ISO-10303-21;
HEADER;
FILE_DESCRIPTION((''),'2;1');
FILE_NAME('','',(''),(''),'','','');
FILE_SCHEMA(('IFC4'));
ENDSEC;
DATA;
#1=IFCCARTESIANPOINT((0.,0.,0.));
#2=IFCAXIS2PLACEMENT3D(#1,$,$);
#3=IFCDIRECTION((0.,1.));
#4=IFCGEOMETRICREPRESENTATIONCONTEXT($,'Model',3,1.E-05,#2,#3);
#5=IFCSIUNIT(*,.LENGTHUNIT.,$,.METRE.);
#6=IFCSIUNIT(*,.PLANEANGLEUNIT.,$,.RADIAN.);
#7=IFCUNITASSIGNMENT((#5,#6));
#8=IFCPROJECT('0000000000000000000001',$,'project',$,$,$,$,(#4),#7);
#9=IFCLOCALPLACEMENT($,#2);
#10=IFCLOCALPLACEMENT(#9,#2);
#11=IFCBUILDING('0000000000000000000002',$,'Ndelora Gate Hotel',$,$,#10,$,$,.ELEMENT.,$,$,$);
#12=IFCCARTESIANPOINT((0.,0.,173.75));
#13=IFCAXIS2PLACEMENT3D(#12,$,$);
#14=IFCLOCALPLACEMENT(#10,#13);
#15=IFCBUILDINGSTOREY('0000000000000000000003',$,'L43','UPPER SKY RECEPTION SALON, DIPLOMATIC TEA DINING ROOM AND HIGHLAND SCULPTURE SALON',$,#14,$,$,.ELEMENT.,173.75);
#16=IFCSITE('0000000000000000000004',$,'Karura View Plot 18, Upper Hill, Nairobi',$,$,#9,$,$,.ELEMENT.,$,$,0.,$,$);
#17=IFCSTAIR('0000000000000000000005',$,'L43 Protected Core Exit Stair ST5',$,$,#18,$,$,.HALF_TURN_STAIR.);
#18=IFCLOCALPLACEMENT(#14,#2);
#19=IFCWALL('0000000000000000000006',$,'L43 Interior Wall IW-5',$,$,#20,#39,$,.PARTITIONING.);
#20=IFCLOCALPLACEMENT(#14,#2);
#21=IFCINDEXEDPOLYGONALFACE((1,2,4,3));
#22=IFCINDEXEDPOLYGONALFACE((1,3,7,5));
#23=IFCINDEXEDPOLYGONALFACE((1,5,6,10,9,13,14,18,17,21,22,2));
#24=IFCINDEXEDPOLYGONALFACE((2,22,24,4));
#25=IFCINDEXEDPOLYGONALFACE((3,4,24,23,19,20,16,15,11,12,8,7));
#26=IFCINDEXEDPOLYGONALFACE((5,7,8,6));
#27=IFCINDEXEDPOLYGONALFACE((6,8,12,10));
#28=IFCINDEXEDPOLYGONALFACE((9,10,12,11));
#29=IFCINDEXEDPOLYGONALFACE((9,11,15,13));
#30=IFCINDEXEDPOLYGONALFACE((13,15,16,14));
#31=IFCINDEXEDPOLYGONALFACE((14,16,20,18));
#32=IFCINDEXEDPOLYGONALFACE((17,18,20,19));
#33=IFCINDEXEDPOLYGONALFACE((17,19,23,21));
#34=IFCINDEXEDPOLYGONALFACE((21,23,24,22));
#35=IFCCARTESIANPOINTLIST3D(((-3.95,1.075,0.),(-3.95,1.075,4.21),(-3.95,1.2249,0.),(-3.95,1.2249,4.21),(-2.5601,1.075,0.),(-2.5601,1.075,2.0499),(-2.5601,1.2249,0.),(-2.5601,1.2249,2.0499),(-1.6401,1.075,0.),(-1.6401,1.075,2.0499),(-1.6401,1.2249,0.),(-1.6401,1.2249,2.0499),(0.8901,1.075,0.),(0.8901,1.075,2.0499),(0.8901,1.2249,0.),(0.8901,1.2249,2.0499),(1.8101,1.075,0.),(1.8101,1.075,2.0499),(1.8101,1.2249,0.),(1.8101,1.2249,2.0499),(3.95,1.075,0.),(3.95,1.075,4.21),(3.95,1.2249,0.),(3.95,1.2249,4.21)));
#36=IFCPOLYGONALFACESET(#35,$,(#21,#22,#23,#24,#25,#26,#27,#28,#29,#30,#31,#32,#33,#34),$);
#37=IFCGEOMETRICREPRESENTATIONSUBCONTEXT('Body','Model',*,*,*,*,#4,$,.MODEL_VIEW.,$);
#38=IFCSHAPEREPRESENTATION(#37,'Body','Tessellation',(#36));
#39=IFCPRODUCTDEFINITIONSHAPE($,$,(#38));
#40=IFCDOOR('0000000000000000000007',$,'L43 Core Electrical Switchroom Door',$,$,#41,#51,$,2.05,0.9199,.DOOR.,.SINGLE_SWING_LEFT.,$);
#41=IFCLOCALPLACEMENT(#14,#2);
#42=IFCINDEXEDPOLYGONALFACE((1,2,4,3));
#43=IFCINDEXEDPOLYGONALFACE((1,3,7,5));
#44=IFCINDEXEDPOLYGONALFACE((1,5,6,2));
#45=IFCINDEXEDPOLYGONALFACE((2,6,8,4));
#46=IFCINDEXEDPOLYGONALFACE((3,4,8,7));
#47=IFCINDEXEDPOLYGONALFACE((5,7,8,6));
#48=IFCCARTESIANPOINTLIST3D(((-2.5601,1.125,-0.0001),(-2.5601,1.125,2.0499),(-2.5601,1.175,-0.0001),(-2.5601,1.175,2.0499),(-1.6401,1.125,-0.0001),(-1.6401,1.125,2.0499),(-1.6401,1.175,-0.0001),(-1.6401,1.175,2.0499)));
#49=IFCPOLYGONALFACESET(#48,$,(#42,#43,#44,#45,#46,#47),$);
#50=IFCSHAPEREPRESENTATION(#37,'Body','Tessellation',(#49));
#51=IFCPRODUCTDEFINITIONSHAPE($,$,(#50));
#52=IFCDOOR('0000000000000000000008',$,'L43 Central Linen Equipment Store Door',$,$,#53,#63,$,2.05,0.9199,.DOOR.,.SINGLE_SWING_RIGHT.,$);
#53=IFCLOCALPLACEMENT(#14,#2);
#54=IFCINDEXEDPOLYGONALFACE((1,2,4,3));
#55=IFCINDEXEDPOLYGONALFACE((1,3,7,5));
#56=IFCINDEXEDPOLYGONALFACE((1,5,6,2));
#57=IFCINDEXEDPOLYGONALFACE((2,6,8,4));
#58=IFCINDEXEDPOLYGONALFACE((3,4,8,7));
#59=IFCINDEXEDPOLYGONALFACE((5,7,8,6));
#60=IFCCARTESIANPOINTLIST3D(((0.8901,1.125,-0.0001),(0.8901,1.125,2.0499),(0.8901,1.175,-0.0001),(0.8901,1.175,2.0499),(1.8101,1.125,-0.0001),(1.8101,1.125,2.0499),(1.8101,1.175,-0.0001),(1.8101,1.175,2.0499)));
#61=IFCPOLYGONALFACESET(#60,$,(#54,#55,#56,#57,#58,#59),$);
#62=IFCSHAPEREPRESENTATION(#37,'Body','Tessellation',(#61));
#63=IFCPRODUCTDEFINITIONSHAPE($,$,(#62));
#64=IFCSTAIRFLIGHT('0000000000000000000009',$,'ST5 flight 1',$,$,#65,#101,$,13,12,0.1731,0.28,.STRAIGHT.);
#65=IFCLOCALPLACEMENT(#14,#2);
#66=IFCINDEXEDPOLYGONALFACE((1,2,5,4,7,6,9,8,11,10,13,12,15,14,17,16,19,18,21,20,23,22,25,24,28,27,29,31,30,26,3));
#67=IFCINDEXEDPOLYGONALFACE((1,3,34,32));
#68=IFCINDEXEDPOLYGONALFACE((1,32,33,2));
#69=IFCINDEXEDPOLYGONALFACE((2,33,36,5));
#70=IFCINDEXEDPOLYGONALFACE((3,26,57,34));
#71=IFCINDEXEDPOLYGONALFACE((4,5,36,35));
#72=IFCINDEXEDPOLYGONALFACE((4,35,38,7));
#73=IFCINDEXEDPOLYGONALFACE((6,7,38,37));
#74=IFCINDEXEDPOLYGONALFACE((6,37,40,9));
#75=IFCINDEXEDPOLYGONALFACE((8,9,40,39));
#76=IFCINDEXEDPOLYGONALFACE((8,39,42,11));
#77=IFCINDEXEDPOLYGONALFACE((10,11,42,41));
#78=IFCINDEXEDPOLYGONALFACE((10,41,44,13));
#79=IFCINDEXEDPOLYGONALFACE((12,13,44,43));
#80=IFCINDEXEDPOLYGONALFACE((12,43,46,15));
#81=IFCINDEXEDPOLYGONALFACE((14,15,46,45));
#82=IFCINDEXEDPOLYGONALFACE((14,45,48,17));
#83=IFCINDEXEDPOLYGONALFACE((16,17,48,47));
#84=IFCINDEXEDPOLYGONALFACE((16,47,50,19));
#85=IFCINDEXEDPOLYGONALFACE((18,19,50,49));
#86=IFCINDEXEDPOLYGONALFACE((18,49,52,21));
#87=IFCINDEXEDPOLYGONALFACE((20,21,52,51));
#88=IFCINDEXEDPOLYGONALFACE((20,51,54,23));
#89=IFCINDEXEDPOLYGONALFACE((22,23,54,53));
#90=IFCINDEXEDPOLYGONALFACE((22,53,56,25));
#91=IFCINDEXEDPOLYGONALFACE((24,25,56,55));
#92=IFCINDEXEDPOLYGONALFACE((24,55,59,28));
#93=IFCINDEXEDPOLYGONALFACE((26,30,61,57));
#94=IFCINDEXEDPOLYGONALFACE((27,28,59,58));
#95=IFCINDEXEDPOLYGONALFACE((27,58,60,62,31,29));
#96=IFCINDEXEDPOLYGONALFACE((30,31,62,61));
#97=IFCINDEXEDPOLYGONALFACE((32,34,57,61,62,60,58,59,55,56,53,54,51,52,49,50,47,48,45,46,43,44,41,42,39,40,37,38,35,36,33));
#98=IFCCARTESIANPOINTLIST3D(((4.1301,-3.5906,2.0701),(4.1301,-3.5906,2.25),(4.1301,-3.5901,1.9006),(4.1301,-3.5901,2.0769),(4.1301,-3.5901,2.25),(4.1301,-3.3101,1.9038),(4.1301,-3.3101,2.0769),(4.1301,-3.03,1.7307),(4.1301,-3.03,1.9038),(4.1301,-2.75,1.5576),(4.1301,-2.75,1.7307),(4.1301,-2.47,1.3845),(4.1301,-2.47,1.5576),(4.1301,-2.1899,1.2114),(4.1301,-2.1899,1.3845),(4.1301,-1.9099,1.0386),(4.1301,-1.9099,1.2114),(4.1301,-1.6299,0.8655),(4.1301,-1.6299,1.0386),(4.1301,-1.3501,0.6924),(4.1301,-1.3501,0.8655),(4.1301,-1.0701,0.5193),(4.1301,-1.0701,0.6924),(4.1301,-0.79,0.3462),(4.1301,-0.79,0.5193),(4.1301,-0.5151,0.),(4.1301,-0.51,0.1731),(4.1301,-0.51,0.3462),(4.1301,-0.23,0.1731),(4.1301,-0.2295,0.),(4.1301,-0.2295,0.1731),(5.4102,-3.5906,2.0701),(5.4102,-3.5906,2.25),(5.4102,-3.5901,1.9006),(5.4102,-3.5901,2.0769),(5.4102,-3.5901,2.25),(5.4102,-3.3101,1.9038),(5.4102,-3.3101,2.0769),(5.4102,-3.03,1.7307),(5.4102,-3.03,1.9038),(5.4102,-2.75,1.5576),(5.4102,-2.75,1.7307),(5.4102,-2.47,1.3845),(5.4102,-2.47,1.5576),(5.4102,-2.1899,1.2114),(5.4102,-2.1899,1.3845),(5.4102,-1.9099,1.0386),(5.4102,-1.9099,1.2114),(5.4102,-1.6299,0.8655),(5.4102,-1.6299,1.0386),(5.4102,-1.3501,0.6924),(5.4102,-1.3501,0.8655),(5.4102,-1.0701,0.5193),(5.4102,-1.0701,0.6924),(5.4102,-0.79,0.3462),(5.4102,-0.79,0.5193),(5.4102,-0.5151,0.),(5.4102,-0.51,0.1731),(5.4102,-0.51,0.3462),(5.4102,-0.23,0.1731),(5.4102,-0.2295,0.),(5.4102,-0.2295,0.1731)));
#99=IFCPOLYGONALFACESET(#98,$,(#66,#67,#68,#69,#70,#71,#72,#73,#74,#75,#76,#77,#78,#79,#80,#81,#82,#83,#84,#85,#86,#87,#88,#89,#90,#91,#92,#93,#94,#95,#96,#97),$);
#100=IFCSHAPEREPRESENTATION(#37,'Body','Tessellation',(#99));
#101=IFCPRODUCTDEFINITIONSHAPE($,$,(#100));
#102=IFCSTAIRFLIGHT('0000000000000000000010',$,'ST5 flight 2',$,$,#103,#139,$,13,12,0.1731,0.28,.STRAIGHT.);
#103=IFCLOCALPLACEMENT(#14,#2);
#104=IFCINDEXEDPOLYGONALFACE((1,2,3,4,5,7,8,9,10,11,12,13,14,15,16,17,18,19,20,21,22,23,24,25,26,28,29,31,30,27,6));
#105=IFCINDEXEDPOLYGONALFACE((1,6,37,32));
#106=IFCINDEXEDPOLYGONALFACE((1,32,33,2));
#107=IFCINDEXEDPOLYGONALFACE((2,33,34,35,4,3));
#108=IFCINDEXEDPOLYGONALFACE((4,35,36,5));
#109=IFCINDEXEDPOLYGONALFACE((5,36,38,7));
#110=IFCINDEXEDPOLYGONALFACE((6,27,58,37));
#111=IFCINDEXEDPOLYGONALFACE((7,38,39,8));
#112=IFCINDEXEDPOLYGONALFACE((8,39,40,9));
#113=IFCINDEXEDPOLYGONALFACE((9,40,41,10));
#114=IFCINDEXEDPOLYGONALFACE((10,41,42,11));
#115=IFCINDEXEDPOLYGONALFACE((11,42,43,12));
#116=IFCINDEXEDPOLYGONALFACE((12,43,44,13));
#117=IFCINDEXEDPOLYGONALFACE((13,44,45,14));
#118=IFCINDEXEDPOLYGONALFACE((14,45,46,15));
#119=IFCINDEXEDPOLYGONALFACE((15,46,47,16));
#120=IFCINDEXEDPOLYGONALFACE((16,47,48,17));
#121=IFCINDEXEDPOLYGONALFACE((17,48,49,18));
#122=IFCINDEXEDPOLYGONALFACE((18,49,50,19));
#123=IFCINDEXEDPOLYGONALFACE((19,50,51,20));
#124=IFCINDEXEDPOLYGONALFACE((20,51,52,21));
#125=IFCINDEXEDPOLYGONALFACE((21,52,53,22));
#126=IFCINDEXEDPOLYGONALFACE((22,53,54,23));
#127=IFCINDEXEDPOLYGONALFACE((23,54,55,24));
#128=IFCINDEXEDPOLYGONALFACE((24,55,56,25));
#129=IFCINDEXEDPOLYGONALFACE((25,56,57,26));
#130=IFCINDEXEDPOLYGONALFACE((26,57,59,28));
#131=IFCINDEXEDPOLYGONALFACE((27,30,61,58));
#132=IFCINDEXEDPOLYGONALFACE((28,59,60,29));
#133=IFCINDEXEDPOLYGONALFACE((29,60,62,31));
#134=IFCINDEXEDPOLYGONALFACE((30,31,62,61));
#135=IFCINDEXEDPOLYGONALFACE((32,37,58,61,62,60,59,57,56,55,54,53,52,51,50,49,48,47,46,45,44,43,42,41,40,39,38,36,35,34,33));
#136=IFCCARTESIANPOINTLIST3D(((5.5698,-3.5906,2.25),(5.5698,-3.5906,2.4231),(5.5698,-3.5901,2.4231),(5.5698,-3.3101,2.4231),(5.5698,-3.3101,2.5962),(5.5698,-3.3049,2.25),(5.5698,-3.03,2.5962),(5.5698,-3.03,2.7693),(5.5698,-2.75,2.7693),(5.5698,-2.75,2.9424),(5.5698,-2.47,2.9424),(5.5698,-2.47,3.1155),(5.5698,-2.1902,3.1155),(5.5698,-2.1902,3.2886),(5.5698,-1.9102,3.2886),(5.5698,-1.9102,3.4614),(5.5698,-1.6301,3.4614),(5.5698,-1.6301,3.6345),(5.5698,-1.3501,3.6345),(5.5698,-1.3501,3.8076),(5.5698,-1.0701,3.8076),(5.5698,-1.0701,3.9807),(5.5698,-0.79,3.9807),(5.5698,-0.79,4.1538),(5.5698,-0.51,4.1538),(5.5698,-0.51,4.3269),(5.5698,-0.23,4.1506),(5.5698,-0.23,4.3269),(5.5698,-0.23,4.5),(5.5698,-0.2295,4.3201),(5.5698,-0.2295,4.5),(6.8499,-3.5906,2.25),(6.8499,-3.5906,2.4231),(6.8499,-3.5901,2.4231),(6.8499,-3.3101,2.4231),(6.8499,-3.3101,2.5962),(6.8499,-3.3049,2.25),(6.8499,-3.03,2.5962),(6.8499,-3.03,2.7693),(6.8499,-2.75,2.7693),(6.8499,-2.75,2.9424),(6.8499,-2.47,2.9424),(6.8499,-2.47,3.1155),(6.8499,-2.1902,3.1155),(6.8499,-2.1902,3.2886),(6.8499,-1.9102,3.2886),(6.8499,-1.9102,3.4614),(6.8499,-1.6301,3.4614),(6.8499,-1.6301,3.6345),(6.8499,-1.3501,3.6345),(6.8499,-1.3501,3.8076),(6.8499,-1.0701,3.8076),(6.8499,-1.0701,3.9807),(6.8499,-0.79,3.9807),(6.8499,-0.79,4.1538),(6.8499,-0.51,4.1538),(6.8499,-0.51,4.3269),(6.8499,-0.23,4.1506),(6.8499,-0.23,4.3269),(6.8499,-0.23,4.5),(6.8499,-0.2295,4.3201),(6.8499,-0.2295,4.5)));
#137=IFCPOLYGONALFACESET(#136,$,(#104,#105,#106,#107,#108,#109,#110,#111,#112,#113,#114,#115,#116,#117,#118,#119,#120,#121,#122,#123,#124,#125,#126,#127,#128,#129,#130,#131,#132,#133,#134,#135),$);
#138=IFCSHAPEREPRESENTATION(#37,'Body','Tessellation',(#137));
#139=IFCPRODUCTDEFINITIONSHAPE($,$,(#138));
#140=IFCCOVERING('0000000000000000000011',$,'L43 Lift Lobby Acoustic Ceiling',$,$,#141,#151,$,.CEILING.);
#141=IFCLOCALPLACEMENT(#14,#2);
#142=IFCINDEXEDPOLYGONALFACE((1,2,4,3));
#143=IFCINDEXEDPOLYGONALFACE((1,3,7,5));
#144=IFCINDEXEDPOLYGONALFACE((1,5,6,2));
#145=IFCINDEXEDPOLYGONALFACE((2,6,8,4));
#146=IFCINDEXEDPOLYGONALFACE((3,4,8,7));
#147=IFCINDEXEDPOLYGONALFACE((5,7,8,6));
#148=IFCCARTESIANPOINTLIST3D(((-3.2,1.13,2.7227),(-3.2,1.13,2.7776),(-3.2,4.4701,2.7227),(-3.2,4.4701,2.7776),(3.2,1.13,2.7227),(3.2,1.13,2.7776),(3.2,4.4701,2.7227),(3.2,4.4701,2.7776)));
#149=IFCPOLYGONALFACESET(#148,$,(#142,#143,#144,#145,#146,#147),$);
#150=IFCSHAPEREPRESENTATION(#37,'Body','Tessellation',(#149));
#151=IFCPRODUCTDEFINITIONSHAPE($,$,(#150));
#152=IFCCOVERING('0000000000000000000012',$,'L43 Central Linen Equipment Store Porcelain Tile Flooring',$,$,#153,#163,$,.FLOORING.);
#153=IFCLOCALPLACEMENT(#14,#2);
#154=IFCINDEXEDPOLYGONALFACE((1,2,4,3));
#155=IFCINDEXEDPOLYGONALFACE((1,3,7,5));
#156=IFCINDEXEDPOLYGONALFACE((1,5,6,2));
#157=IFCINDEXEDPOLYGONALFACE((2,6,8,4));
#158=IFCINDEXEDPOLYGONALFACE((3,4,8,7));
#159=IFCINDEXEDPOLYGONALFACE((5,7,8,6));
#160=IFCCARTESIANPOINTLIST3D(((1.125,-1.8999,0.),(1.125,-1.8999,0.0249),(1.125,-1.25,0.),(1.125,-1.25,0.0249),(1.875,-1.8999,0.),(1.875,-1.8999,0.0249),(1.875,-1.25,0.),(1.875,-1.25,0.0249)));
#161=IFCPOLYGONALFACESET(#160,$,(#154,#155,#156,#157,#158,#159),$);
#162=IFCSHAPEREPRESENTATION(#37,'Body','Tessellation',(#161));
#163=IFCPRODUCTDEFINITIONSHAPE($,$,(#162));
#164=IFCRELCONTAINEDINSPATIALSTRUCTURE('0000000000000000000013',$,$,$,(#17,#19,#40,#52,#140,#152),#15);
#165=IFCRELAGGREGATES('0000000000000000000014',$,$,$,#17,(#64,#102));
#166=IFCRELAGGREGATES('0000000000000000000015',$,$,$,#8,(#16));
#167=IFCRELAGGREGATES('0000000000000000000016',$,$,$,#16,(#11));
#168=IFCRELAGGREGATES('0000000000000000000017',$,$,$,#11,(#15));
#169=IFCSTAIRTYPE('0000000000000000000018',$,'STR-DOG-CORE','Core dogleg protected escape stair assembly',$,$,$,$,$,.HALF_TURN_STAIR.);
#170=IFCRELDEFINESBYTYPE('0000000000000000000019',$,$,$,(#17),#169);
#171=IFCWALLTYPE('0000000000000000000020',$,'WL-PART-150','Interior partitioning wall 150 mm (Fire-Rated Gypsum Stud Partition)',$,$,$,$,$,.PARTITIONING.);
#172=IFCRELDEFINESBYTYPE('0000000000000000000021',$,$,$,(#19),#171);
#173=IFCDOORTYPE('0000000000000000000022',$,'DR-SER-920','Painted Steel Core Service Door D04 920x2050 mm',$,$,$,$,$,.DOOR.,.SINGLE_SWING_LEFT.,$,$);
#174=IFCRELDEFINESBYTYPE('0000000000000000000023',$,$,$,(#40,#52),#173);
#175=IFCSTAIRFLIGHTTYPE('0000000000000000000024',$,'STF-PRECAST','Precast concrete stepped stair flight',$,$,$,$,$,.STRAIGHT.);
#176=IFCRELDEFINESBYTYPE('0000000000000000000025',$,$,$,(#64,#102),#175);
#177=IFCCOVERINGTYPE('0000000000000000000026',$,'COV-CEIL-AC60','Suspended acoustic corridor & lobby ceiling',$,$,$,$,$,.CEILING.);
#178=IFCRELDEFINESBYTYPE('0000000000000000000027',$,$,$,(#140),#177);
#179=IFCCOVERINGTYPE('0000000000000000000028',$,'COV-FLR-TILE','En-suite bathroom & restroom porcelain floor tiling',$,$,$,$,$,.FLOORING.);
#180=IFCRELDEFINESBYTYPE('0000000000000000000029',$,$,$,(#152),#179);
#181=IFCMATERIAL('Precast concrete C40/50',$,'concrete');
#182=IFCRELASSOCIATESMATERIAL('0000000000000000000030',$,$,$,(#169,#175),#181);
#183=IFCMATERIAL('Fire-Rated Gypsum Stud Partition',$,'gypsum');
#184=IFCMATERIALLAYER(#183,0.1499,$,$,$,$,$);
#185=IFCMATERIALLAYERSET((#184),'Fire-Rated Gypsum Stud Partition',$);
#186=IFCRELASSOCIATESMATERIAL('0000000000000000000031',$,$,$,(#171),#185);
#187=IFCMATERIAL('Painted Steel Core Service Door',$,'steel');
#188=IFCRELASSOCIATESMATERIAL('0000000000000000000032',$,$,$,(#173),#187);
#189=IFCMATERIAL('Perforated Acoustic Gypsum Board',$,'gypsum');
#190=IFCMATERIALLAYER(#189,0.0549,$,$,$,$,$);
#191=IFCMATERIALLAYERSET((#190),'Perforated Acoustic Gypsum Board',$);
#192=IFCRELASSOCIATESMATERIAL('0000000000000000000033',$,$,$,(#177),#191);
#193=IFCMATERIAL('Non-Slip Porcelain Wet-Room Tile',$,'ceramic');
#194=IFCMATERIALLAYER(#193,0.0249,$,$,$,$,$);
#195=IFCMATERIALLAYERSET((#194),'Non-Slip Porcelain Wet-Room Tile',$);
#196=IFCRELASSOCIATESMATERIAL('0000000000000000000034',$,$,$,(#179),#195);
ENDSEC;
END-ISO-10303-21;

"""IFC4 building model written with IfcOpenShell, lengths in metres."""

from ifc_helpers import new_model, si_unit, direction, frame, frame_2d, origin, origin_2d, place, context, subcontext, project, spatial, polyline, rectangle, outline, extrude, material, layer, layer_set, type_object, element, fill, aggregate, save


model = new_model("IFC4")

# Units and contexts
model_context = context("Model", 3, precision=1e-05, world=origin(), true_north=direction((0.0, 1.0)))
body_context = subcontext(model_context, "Body", "Model", "MODEL_VIEW")
ifc_project = project(units=[si_unit("LENGTHUNIT", "METRE"), si_unit("PLANEANGLEUNIT", "RADIAN")], contexts=[model_context])

# Site, building, storey
site_placement = place(None, origin())
site = spatial("IfcSite", under=ifc_project, at=site_placement, Name="Karura View Plot 18, Upper Hill, Nairobi", CompositionType="ELEMENT", RefElevation=0.0)
building_placement = place(site_placement, origin())
building = spatial("IfcBuilding", under=site, at=building_placement, Name="Ndelora Gate Hotel", CompositionType="ELEMENT")
storey_placement = place(building_placement, frame((0.0, 0.0, 173.75)))
storey = spatial("IfcBuildingStorey", under=building, at=storey_placement, Name="L43", Description="UPPER SKY RECEPTION SALON, DIPLOMATIC TEA DINING ROOM AND HIGHLAND SCULPTURE SALON", CompositionType="ELEMENT", Elevation=173.75)

# Stair
ifc_material_1 = material(Name="Precast concrete C40/50", Category="concrete")
stair_type = type_object("IfcStairType", Name="STR-DOG-CORE", Description="Core dogleg protected escape stair assembly", PredefinedType="HALF_TURN_STAIR", material=ifc_material_1)
stair_1_placement = place(storey_placement, origin())
stair_1 = element("IfcStair", 1, at=stair_1_placement, inside=storey, type_object=stair_type, Name="L43 Protected Core Exit Stair ST5", PredefinedType="HALF_TURN_STAIR")

# Wall, openings, doors
ifc_material_2 = material(Name="Fire-Rated Gypsum Stud Partition", Category="gypsum")
ifc_layer_1 = layer(ifc_material_2, 0.1499)
ifc_layer_set_1 = layer_set([ifc_layer_1], Name="Fire-Rated Gypsum Stud Partition")
wall_type_1 = type_object("IfcWallType", Name="WL-PART-150", Description="Interior partitioning wall 150 mm (Fire-Rated Gypsum Stud Partition)", PredefinedType="PARTITIONING", material=ifc_layer_set_1)
wall_1_placement = place(storey_placement, frame((3.95, 1.1499, 0.0), z_axis=(0.0, 0.0, 1.0), x_axis=(-1.0, 0.0, 0.0)))
wall_1 = element("IfcWall", 2, at=wall_1_placement, inside=storey, type_object=wall_type_1, Name="L43 Interior Wall IW-5", PredefinedType="PARTITIONING", context=body_context, shape_type="SweptSolid", body=[
    extrude(rectangle(XDim=7.8999, YDim=0.1499, at=frame_2d((3.95, 0.0))), origin(), (0.0, 0.0, 1.0), 4.21),
])
opening_1_placement = place(wall_1_placement, frame((5.5901, 0.0, 0.0)))
opening_1 = element("IfcOpeningElement", 3, at=opening_1_placement, cuts=wall_1, PredefinedType="OPENING", context=body_context, shape_type="SweptSolid", body=[
    extrude(rectangle(XDim=0.9199, YDim=2.05, at=frame_2d((0.46, 1.0249))), frame((0.0, 0.085, 0.0), z_axis=(0.0, -1.0, 0.0), x_axis=(1.0, 0.0, 0.0)), (0.0, 0.0, 1.0), 0.1699),
])
opening_2_placement = place(wall_1_placement, frame((2.1399, 0.0, 0.0)))
opening_2 = element("IfcOpeningElement", 4, at=opening_2_placement, cuts=wall_1, PredefinedType="OPENING", context=body_context, shape_type="SweptSolid", body=[
    extrude(rectangle(XDim=0.9199, YDim=2.05, at=frame_2d((0.46, 1.0249))), frame((0.0, 0.085, 0.0), z_axis=(0.0, -1.0, 0.0), x_axis=(1.0, 0.0, 0.0)), (0.0, 0.0, 1.0), 0.1699),
])
ifc_material_3 = material(Name="Painted Steel Core Service Door", Category="steel")
door_type_1 = type_object("IfcDoorType", Name="DR-SER-920", Description="Painted Steel Core Service Door D04 920x2050 mm", OperationType="SINGLE_SWING_LEFT", PredefinedType="DOOR", material=ifc_material_3)
door_1_placement = place(opening_1_placement, origin())
door_1 = element("IfcDoor", 5, at=door_1_placement, inside=storey, type_object=door_type_1, Name="L43 Core Electrical Switchroom Door", OperationType="SINGLE_SWING_LEFT", OverallHeight=2.05, OverallWidth=0.9199, PredefinedType="DOOR", context=body_context, shape_type="SweptSolid", body=[
    extrude(rectangle(XDim=0.9199, YDim=2.05, at=frame_2d((0.46, 1.0249))), frame((0.0, 0.0249, 0.0), z_axis=(0.0, -1.0, 0.0), x_axis=(1.0, 0.0, 0.0)), (0.0, 0.0, 1.0), 0.05),
])
fill(opening_1, door_1)
door_2_placement = place(opening_2_placement, origin())
door_2 = element("IfcDoor", 6, at=door_2_placement, inside=storey, type_object=door_type_1, Name="L43 Central Linen Equipment Store Door", OperationType="SINGLE_SWING_RIGHT", OverallHeight=2.05, OverallWidth=0.9199, PredefinedType="DOOR", context=body_context, shape_type="SweptSolid", body=[
    extrude(rectangle(XDim=0.9199, YDim=2.05, at=frame_2d((0.46, 1.0249))), frame((0.0, 0.0249, 0.0), z_axis=(0.0, -1.0, 0.0), x_axis=(1.0, 0.0, 0.0)), (0.0, 0.0, 1.0), 0.05),
])
fill(opening_2, door_2)

# Stair flights
stair_flight_type = type_object("IfcStairFlightType", Name="STF-PRECAST", Description="Precast concrete stepped stair flight", PredefinedType="STRAIGHT", material=ifc_material_1)
stair_flight_1_placement = place(storey_placement, frame((4.77, -0.23, 0.0), z_axis=(0.0, 0.0, 1.0), x_axis=(0.0, -1.0, 0.0)))
stair_flight_1 = element("IfcStairFlight", 7, at=stair_flight_1_placement, type_object=stair_flight_type, Name="ST5 flight 1", NumberOfRisers=13, NumberOfTreads=12, PredefinedType="STRAIGHT", RiserHeight=0.1731, TreadLength=0.28, context=body_context, shape_type="SweptSolid", body=[
    extrude(outline(polyline([(-0.0005, 0.0), (-0.0005, 0.1731), (0.0, 0.1731), (0.28, 0.1731), (0.28, 0.3462), (0.5601, 0.3462), (0.5601, 0.5193), (0.8401, 0.5193), (0.8401, 0.6924), (1.1201, 0.6924), (1.1201, 0.8655), (1.3999, 0.8655), (1.3999, 1.0386), (1.6799, 1.0386), (1.6799, 1.2114), (1.96, 1.2114), (1.96, 1.3845), (2.24, 1.3845), (2.24, 1.5576), (2.52, 1.5576), (2.52, 1.7307), (2.8, 1.7307), (2.8, 1.9038), (3.0801, 1.9038), (3.0801, 2.0769), (3.3601, 2.0769), (3.3601, 2.25), (3.3606, 2.25), (3.3606, 2.0701), (3.3601, 1.9006), (0.2852, 0.0), (-0.0005, 0.0)])), frame((0.0, 0.6401, 0.0), z_axis=(0.0, -1.0, 0.0), x_axis=(1.0, 0.0, 0.0)), (0.0, 0.0, 1.0), 1.28),
])
stair_flight_2_placement = place(storey_placement, frame((6.21, -3.5901, 2.25), z_axis=(0.0, 0.0, 1.0), x_axis=(0.0, 1.0, 0.0)))
stair_flight_2 = element("IfcStairFlight", 8, at=stair_flight_2_placement, type_object=stair_flight_type, Name="ST5 flight 2", NumberOfRisers=13, NumberOfTreads=12, PredefinedType="STRAIGHT", RiserHeight=0.1731, TreadLength=0.28, context=body_context, shape_type="SweptSolid", body=[
    extrude(outline(polyline([(-0.0005, 0.0), (-0.0005, 0.1731), (0.0, 0.1731), (0.28, 0.1731), (0.28, 0.3462), (0.5601, 0.3462), (0.5601, 0.5193), (0.8401, 0.5193), (0.8401, 0.6924), (1.1201, 0.6924), (1.1201, 0.8655), (1.3999, 0.8655), (1.3999, 1.0386), (1.6799, 1.0386), (1.6799, 1.2114), (1.96, 1.2114), (1.96, 1.3845), (2.24, 1.3845), (2.24, 1.5576), (2.52, 1.5576), (2.52, 1.7307), (2.8, 1.7307), (2.8, 1.9038), (3.0801, 1.9038), (3.0801, 2.0769), (3.3601, 2.0769), (3.3601, 2.25), (3.3606, 2.25), (3.3606, 2.0701), (3.3601, 1.9006), (0.2852, 0.0), (-0.0005, 0.0)])), frame((0.0, 0.6401, 0.0), z_axis=(0.0, -1.0, 0.0), x_axis=(1.0, 0.0, 0.0)), (0.0, 0.0, 1.0), 1.28),
])
aggregate(stair_1, [stair_flight_1, stair_flight_2])

# Coverings
ifc_material_4 = material(Name="Perforated Acoustic Gypsum Board", Category="gypsum")
ifc_layer_2 = layer(ifc_material_4, 0.0549)
ifc_layer_set_2 = layer_set([ifc_layer_2], Name="Perforated Acoustic Gypsum Board")
covering_type_1 = type_object("IfcCoveringType", Name="COV-CEIL-AC60", Description="Suspended acoustic corridor & lobby ceiling", PredefinedType="CEILING", material=ifc_layer_set_2)
covering_1_placement = place(storey_placement, frame((0.0, 2.8, 2.7227), z_axis=(0.0, 0.0, 1.0), x_axis=(1.0, 0.0, 0.0)))
element("IfcCovering", 9, at=covering_1_placement, inside=storey, type_object=covering_type_1, Name="L43 Lift Lobby Acoustic Ceiling", PredefinedType="CEILING", context=body_context, shape_type="SweptSolid", body=[
    extrude(rectangle(XDim=6.3999, YDim=3.3401, at=origin_2d()), origin(), (0.0, 0.0, 1.0), 0.0549),
])
ifc_material_5 = material(Name="Non-Slip Porcelain Wet-Room Tile", Category="ceramic")
ifc_layer_3 = layer(ifc_material_5, 0.0249)
ifc_layer_set_3 = layer_set([ifc_layer_3], Name="Non-Slip Porcelain Wet-Room Tile")
covering_type_2 = type_object("IfcCoveringType", Name="COV-FLR-TILE", Description="En-suite bathroom & restroom porcelain floor tiling", PredefinedType="FLOORING", material=ifc_layer_set_3)
covering_2_placement = place(storey_placement, frame((1.5, -1.575, 0.0), z_axis=(0.0, 0.0, 1.0), x_axis=(1.0, 0.0, 0.0)))
element("IfcCovering", 10, at=covering_2_placement, inside=storey, type_object=covering_type_2, Name="L43 Central Linen Equipment Store Porcelain Tile Flooring", PredefinedType="FLOORING", context=body_context, shape_type="SweptSolid", body=[
    extrude(rectangle(XDim=0.75, YDim=0.6499, at=origin_2d()), origin(), (0.0, 0.0, 1.0), 0.0249),
])

save(model, "model.ifc")
